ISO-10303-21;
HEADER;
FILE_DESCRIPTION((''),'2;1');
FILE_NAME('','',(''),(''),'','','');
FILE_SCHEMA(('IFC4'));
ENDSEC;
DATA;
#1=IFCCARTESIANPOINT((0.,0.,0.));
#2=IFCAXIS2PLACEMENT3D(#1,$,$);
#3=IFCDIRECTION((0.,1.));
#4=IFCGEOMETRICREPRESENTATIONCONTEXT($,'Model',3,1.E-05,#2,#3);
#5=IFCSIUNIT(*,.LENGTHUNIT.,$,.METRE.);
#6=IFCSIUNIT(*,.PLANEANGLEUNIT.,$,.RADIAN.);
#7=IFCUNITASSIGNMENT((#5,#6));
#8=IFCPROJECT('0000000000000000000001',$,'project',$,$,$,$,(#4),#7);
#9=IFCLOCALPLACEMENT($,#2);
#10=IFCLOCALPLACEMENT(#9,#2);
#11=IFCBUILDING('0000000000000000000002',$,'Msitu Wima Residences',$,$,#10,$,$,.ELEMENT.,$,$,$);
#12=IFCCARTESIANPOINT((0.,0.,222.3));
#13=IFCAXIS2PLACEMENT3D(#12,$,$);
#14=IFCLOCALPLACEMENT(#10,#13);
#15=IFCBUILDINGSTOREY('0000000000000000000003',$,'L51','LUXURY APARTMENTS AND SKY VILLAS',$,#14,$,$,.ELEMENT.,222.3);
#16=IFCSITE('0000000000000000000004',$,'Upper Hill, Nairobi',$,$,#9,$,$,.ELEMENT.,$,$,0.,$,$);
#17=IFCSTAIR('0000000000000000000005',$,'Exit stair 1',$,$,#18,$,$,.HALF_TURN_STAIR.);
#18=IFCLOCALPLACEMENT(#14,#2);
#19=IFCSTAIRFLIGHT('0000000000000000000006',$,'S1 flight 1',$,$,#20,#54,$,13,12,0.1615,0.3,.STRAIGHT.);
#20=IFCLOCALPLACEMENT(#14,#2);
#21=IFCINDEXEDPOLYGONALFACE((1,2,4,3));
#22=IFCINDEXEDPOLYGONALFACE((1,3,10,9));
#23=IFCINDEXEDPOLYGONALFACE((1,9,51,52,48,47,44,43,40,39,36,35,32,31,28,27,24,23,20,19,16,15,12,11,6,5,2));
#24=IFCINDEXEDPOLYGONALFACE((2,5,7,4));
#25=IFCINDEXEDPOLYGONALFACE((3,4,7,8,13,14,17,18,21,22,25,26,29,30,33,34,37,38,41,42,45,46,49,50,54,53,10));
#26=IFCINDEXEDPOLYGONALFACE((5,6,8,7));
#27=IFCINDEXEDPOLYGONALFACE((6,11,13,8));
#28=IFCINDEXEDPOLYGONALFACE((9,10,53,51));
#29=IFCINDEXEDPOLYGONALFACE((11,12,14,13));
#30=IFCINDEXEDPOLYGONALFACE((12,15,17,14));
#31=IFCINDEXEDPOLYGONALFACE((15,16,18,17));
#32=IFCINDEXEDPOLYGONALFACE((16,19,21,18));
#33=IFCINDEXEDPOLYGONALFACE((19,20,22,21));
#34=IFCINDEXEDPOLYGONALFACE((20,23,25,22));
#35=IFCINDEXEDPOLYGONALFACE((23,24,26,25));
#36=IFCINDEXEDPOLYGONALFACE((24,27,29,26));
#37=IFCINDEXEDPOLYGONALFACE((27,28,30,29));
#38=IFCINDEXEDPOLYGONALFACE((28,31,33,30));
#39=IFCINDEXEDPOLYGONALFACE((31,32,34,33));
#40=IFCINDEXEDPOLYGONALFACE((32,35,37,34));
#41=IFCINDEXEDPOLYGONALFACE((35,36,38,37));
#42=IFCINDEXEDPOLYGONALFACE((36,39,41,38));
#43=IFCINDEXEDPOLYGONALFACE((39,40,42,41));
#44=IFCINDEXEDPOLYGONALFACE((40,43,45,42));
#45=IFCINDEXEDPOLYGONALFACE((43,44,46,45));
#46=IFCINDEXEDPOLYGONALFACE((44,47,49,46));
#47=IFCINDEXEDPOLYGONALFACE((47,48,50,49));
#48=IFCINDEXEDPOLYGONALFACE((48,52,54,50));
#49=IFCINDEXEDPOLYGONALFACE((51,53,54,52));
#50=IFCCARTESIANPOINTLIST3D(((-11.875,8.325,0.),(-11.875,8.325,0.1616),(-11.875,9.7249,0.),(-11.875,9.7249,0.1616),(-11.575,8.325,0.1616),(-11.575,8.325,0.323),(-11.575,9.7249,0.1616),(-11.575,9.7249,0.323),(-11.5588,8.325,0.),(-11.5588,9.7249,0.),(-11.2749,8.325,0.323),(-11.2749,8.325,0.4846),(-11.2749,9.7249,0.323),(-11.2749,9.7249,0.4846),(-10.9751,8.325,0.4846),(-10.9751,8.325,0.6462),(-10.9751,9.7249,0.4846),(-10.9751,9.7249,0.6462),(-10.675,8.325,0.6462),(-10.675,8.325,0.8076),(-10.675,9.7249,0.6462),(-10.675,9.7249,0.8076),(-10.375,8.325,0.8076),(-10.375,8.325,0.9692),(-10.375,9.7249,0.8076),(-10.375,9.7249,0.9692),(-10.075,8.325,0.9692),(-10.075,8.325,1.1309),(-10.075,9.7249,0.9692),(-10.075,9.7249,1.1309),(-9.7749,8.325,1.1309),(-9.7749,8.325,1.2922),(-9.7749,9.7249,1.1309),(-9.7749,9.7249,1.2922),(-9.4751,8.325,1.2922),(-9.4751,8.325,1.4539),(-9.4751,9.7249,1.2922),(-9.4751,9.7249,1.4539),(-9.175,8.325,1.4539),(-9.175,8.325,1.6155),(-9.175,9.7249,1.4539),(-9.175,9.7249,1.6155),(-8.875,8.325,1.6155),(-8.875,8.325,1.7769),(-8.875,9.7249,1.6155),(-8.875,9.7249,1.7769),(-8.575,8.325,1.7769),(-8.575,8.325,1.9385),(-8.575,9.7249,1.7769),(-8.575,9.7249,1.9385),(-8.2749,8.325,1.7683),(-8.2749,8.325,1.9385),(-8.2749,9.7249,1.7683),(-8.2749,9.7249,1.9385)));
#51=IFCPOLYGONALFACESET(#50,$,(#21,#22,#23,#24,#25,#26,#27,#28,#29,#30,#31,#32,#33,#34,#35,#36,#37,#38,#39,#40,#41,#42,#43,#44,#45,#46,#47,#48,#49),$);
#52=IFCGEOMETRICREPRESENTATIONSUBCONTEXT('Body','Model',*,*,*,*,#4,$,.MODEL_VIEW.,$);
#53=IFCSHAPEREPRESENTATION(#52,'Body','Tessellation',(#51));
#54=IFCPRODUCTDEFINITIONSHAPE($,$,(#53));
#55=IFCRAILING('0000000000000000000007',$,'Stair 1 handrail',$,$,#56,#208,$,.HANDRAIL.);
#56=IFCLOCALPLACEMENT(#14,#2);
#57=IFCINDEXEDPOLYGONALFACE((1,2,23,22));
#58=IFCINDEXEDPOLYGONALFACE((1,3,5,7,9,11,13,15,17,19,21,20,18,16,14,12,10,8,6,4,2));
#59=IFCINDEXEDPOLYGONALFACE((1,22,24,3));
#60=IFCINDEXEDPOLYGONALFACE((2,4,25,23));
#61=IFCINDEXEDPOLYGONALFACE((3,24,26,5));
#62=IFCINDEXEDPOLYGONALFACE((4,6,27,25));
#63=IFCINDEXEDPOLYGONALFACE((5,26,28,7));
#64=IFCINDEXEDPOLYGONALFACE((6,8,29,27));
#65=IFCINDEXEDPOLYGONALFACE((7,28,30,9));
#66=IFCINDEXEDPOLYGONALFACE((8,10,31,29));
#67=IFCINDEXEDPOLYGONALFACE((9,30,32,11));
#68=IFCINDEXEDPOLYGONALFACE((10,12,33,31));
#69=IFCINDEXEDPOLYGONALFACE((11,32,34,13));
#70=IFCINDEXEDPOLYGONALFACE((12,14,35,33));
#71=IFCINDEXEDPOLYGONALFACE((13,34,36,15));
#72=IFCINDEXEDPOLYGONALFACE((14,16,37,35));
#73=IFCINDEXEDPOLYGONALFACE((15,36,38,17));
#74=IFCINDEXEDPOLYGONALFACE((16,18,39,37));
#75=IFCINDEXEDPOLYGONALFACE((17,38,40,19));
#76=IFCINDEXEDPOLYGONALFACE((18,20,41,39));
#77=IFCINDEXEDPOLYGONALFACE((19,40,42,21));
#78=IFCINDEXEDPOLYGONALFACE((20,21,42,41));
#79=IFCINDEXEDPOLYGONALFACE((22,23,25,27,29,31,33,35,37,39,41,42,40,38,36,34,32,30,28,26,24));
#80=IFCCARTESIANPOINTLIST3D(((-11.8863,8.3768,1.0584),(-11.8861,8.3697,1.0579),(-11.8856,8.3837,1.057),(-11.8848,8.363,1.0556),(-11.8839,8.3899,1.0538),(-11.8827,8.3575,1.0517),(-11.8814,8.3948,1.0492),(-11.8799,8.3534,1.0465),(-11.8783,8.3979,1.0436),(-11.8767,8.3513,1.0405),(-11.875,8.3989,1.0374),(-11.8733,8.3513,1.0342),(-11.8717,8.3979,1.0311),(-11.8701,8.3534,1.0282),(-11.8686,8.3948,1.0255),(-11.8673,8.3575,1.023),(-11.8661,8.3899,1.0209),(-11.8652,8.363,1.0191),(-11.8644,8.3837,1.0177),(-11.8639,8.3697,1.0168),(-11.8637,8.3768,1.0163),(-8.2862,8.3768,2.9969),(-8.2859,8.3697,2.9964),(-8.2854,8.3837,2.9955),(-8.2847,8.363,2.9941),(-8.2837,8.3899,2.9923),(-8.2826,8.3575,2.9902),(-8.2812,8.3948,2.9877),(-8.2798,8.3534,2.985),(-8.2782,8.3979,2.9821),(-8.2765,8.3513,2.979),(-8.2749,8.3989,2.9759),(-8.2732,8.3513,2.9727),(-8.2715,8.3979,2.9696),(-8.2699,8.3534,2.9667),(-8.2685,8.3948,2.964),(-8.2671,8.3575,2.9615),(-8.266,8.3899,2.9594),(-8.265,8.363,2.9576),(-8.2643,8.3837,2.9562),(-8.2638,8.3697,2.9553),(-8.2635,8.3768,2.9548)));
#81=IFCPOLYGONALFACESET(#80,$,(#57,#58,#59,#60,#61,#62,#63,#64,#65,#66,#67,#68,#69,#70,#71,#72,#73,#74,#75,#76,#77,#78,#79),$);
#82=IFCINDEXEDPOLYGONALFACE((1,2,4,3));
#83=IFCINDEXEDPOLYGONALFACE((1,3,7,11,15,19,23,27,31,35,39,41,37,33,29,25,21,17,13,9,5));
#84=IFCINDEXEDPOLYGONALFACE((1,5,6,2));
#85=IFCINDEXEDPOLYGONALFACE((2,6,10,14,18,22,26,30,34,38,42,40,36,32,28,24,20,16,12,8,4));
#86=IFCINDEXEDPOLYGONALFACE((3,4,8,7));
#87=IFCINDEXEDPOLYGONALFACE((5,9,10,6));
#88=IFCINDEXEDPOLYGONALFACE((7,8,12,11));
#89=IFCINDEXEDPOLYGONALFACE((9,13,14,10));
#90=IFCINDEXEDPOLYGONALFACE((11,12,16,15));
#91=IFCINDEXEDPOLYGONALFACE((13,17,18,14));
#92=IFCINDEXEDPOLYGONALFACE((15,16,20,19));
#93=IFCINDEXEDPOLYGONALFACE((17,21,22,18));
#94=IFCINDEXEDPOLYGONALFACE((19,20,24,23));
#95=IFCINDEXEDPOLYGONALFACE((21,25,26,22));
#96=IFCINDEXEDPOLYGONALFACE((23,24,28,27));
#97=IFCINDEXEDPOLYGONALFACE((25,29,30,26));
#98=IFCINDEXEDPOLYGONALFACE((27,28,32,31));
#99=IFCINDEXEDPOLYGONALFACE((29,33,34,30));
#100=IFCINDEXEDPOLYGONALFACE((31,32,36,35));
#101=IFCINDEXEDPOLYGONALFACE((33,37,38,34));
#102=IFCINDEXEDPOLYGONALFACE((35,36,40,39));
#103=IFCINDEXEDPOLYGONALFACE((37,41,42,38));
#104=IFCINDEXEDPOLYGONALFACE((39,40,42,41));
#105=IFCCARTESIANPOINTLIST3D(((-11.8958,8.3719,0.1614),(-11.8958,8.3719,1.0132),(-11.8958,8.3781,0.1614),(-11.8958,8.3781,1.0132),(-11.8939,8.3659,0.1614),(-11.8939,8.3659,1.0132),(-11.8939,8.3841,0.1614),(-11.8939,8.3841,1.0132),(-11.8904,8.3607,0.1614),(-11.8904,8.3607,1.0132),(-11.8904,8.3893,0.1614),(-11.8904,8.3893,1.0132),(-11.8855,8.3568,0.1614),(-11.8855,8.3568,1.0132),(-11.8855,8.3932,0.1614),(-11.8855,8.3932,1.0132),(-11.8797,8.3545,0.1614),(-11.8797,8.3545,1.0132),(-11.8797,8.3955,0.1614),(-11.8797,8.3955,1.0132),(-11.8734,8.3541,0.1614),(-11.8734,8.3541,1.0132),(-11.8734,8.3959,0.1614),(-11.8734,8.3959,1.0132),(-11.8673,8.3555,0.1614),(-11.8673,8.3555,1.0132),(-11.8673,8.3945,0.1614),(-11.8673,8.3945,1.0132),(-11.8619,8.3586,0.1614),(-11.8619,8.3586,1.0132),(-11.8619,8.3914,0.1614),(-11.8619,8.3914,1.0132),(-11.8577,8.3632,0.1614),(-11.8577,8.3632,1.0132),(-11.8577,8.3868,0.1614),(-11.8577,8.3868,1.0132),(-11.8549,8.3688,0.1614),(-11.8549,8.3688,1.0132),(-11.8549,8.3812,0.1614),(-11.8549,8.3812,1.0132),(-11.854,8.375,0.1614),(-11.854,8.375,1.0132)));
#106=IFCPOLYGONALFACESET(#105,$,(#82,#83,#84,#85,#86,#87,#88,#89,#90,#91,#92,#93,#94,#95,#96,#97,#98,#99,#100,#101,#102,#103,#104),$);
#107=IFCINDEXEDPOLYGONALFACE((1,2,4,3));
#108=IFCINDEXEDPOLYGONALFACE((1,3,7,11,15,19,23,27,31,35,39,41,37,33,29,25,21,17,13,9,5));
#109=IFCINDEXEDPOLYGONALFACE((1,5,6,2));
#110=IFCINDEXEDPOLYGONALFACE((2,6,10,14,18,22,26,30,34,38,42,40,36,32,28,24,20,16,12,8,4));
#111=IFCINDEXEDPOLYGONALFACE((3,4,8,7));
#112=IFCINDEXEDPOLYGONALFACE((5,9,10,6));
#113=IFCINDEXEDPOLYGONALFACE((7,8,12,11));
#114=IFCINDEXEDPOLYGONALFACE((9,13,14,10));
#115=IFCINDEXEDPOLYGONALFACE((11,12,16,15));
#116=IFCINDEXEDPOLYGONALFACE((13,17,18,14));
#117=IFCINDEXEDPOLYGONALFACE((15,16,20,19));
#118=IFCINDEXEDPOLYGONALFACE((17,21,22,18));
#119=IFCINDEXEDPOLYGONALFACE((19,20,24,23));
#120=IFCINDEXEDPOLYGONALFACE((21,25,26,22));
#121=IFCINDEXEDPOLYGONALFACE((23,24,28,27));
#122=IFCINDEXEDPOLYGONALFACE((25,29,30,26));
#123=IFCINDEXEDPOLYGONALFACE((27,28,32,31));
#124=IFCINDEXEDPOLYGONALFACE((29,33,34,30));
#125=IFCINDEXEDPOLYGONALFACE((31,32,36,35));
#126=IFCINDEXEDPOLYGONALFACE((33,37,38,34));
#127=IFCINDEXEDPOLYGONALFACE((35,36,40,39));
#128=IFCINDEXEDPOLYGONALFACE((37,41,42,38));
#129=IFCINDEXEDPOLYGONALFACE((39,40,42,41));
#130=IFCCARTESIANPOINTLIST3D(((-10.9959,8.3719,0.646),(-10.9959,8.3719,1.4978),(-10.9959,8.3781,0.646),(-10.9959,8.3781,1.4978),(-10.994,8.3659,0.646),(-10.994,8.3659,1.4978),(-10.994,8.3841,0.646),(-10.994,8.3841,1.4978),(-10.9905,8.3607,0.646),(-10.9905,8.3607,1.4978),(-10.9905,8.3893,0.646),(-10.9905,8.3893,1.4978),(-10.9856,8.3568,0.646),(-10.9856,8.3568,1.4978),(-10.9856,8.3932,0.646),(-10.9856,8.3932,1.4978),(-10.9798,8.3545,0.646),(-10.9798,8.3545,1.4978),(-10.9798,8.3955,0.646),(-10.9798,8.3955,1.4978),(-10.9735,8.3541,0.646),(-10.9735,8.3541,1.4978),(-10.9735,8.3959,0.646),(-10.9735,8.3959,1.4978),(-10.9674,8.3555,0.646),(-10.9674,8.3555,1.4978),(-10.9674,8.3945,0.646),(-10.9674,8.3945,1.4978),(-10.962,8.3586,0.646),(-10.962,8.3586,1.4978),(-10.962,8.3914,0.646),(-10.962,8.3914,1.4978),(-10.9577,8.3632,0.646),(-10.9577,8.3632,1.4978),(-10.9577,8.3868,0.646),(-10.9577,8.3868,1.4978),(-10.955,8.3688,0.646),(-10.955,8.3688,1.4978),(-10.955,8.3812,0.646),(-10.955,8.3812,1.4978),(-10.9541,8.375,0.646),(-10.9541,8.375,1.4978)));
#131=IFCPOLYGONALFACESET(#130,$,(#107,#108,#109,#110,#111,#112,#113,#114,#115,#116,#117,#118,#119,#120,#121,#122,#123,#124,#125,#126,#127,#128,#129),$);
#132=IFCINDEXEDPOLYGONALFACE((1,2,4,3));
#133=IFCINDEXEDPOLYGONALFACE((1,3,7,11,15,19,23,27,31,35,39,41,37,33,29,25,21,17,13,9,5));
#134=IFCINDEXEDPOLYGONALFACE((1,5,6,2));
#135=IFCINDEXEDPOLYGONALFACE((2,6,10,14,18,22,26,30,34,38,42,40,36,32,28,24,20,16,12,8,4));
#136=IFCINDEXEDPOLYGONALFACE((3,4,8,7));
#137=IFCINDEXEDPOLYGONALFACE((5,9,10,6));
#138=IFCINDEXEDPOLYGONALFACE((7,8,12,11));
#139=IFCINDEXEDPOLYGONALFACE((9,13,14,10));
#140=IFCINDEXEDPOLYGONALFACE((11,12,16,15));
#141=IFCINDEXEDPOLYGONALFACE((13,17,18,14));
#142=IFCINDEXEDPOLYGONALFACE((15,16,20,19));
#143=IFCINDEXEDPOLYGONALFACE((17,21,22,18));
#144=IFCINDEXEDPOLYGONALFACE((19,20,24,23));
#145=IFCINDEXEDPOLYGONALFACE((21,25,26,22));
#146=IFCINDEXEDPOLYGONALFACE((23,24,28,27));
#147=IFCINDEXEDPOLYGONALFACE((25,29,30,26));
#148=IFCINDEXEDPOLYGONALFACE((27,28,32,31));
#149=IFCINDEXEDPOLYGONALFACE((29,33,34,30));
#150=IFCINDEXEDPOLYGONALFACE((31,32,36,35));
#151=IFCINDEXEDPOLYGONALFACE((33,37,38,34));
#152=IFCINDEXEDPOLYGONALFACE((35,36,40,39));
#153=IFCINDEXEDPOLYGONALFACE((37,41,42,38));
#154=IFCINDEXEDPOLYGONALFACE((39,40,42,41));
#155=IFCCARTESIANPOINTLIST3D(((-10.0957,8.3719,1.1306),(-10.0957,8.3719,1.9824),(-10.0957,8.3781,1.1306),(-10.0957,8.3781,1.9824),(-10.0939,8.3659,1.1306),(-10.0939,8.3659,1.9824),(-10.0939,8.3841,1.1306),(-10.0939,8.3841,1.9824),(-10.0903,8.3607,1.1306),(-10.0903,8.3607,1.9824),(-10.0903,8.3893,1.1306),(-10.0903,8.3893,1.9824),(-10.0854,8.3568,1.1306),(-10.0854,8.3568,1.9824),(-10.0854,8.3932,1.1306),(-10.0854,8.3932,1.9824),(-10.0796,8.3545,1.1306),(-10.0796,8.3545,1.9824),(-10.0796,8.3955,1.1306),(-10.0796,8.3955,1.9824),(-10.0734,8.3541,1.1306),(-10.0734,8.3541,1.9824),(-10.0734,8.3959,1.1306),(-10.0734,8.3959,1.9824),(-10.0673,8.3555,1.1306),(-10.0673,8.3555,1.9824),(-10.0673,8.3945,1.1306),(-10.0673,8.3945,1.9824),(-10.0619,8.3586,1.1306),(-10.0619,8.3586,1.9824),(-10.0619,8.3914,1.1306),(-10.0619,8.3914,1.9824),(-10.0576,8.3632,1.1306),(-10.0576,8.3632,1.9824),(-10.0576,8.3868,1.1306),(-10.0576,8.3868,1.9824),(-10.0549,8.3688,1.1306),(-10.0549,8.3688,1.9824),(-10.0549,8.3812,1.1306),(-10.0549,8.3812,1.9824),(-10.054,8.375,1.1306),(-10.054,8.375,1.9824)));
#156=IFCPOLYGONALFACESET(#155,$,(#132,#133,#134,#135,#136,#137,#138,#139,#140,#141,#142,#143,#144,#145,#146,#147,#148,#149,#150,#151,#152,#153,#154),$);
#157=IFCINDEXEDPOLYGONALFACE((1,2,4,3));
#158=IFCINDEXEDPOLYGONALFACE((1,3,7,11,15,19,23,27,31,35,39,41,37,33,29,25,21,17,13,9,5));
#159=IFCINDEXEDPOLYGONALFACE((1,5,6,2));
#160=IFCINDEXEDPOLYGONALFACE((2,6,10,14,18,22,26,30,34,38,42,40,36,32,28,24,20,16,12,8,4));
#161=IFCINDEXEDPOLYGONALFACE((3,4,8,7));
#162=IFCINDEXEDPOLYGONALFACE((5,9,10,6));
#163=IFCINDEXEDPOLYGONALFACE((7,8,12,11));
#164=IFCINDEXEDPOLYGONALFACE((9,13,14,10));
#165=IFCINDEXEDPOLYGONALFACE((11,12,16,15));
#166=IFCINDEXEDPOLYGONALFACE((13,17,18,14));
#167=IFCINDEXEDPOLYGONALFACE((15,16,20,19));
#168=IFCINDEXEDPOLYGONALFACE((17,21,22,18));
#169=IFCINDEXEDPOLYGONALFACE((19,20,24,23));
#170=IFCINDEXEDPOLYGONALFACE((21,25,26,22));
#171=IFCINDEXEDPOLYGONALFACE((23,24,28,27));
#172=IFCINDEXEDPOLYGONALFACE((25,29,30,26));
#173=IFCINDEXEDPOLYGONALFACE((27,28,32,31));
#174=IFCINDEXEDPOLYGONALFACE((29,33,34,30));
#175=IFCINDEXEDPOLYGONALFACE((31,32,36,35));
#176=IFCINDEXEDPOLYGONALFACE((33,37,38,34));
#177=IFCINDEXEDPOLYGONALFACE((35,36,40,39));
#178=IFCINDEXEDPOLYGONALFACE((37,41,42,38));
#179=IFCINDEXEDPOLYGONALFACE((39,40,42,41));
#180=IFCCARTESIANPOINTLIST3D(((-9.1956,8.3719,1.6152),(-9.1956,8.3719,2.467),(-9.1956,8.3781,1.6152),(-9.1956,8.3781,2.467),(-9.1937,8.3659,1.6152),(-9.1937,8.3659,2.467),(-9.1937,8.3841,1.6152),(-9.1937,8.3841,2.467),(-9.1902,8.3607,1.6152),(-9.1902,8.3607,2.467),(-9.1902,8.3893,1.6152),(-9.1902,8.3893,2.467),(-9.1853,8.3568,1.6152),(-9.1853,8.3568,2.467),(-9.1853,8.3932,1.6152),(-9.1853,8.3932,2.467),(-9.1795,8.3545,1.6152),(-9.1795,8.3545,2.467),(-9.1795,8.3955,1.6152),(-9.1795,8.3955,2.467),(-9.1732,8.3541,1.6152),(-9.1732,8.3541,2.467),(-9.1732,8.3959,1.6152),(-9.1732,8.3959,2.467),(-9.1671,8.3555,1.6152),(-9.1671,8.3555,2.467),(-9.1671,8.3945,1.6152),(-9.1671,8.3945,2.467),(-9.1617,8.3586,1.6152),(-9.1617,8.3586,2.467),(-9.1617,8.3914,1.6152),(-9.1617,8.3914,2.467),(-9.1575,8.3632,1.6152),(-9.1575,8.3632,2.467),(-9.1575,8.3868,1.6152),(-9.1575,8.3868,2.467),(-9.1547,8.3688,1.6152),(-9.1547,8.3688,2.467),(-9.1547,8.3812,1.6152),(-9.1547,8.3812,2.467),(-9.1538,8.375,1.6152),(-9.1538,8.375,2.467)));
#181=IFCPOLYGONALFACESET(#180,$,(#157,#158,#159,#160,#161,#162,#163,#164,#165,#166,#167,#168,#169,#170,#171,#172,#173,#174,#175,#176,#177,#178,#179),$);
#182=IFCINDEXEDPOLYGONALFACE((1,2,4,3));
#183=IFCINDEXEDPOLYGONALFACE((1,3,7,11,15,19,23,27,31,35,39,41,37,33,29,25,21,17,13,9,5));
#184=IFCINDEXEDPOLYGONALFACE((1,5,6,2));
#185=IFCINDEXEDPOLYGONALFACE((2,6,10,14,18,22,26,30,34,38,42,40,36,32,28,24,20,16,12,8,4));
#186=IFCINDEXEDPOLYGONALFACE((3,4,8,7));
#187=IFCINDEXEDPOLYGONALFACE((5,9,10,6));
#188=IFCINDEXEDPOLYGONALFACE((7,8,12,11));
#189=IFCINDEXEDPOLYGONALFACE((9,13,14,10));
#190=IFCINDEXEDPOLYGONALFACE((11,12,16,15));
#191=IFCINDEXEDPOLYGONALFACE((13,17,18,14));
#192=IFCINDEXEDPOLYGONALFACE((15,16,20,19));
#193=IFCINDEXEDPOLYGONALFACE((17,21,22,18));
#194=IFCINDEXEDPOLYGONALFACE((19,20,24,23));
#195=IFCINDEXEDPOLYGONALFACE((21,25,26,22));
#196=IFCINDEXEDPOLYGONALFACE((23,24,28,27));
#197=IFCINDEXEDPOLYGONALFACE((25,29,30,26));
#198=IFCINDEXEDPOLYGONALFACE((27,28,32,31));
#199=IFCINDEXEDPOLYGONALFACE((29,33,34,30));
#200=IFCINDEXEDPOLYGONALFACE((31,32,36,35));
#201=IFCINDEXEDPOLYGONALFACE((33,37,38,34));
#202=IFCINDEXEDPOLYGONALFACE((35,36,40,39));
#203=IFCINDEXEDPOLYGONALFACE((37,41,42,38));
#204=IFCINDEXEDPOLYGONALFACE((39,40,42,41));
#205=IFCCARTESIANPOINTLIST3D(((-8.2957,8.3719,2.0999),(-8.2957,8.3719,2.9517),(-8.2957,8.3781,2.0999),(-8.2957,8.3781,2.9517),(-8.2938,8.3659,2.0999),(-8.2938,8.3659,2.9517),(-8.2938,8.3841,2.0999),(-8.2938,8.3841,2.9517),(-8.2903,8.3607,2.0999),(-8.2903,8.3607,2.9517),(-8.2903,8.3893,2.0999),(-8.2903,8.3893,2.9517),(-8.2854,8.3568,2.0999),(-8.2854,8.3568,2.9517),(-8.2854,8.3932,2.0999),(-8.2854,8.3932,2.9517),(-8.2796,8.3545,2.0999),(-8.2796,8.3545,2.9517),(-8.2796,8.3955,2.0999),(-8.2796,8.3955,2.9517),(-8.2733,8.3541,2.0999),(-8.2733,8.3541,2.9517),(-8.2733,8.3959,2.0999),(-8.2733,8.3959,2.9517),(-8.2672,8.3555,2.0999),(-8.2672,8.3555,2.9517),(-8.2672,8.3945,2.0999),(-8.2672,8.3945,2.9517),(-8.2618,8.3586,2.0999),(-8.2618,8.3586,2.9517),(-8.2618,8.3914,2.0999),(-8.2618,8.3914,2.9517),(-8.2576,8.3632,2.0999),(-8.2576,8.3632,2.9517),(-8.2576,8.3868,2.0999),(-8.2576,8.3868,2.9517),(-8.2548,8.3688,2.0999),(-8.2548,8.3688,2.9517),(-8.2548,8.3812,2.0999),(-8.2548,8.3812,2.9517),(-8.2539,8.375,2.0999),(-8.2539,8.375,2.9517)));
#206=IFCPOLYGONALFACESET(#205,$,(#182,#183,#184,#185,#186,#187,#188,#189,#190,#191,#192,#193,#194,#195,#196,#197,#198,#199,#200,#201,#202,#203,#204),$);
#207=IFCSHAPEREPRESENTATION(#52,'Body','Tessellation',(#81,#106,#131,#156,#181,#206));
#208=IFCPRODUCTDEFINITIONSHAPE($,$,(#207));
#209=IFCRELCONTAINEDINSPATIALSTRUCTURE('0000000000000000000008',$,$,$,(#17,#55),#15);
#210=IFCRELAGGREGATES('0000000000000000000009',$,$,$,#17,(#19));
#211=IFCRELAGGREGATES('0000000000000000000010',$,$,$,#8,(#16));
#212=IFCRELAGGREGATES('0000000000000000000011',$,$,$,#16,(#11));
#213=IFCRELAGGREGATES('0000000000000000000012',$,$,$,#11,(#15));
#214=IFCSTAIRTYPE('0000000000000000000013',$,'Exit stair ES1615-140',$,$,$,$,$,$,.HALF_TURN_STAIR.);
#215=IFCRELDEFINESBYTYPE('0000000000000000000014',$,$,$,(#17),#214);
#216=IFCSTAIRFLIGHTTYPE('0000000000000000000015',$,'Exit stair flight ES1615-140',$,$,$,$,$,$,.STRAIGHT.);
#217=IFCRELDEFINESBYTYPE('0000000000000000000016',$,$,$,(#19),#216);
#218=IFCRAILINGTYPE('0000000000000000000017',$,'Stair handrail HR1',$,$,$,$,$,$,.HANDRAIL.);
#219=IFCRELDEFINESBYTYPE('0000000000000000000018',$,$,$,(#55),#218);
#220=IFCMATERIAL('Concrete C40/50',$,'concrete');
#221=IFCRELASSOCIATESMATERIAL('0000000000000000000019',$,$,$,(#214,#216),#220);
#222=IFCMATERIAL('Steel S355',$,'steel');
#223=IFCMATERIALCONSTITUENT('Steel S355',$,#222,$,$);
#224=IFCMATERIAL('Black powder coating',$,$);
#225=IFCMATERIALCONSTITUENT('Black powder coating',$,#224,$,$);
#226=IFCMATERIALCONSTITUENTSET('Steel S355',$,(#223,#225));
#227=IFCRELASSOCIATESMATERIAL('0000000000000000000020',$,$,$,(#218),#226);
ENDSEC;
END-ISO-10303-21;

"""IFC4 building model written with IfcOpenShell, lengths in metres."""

from ifc_helpers import new_model, si_unit, direction, frame, origin, origin_2d, place, context, subcontext, project, spatial, polyline, circle, outline, extrude, material, constituent, constituent_set, type_object, element, aggregate, save


model = new_model("IFC4")

# Units and contexts
model_context = context("Model", 3, precision=1e-05, world=origin(), true_north=direction((0.0, 1.0)))
body_context = subcontext(model_context, "Body", "Model", "MODEL_VIEW")
ifc_project = project(units=[si_unit("LENGTHUNIT", "METRE"), si_unit("PLANEANGLEUNIT", "RADIAN")], contexts=[model_context])

# Site, building, storey
site_placement = place(None, origin())
site = spatial("IfcSite", under=ifc_project, at=site_placement, Name="Upper Hill, Nairobi", CompositionType="ELEMENT", RefElevation=0.0)
building_placement = place(site_placement, origin())
building = spatial("IfcBuilding", under=site, at=building_placement, Name="Msitu Wima Residences", CompositionType="ELEMENT")
storey_placement = place(building_placement, frame((0.0, 0.0, 222.3)))
storey = spatial("IfcBuildingStorey", under=building, at=storey_placement, Name="L51", Description="LUXURY APARTMENTS AND SKY VILLAS", CompositionType="ELEMENT", Elevation=222.3)

# Shared definitions
ifc_material_1 = material(Name="Concrete C40/50", Category="concrete")

# Stair, stair flight
stair_type = type_object("IfcStairType", Name="Exit stair ES1615-140", PredefinedType="HALF_TURN_STAIR", material=ifc_material_1)
stair_placement = place(storey_placement, origin())
stair = element("IfcStair", 1, at=stair_placement, inside=storey, type_object=stair_type, Name="Exit stair 1", PredefinedType="HALF_TURN_STAIR")
stair_flight_type = type_object("IfcStairFlightType", Name="Exit stair flight ES1615-140", PredefinedType="STRAIGHT", material=ifc_material_1)
stair_flight_placement = place(storey_placement, frame((-11.875, 9.0249, 0.0), z_axis=(0.0, 0.0, 1.0), x_axis=(1.0, 0.0, 0.0)))
stair_flight = element("IfcStairFlight", 2, at=stair_flight_placement, type_object=stair_flight_type, Name="S1 flight 1", NumberOfRisers=13, NumberOfTreads=12, PredefinedType="STRAIGHT", RiserHeight=0.1615, TreadLength=0.3, context=body_context, shape_type="SweptSolid", body=[
    extrude(outline(polyline([(0.0, 0.0), (0.0, 0.1616), (0.3, 0.1616), (0.3, 0.323), (0.6001, 0.323), (0.6001, 0.4846), (0.8999, 0.4846), (0.8999, 0.6462), (1.2, 0.6462), (1.2, 0.8076), (1.5, 0.8076), (1.5, 0.9692), (1.8, 0.9692), (1.8, 1.1309), (2.1001, 1.1309), (2.1001, 1.2922), (2.3999, 1.2922), (2.3999, 1.4539), (2.7, 1.4539), (2.7, 1.6155), (3.0, 1.6155), (3.0, 1.7769), (3.3, 1.7769), (3.3, 1.9385), (3.6001, 1.9385), (3.6001, 2.1001), (3.6001, 1.7683), (0.3162, 0.0), (0.0, 0.0)])), frame((0.0, 0.7, 0.0), z_axis=(0.0, -1.0, 0.0), x_axis=(1.0, 0.0, 0.0)), (0.0, 0.0, 1.0), 1.3999),
])
aggregate(stair, [stair_flight])

# Railing
ifc_material_2 = material(Name="Steel S355", Category="steel")
ifc_constituent_1 = constituent(ifc_material_2, Name="Steel S355")
ifc_material_3 = material(Name="Black powder coating")
ifc_constituent_2 = constituent(ifc_material_3, Name="Black powder coating")
ifc_constituent_set = constituent_set(constituents=[ifc_constituent_1, ifc_constituent_2], Name="Steel S355")
railing_type = type_object("IfcRailingType", Name="Stair handrail HR1", PredefinedType="HANDRAIL", material=ifc_constituent_set)
railing_placement = place(storey_placement, frame((-11.875, 8.375, 0.1614)))
element("IfcRailing", 3, at=railing_placement, inside=storey, type_object=railing_type, Name="Stair 1 handrail", PredefinedType="HANDRAIL", context=body_context, shape_type="SweptSolid", body=[
    extrude(circle(Radius=0.0239, at=origin_2d()), frame((0.0, 0.0, 0.876), z_axis=(0.880475, 0.0, 0.474093), x_axis=(0.0, 1.0, 0.0)), (0.0, 0.0, 1.0), 4.0889),
    extrude(circle(Radius=0.021, at=origin_2d()), origin(), (0.0, 0.0, 1.0), 0.8518),
    extrude(circle(Radius=0.021, at=origin_2d()), frame((0.8999, 0.0, 0.4846)), (0.0, 0.0, 1.0), 0.8518),
    extrude(circle(Radius=0.021, at=origin_2d()), frame((1.8, 0.0, 0.9692)), (0.0, 0.0, 1.0), 0.8518),
    extrude(circle(Radius=0.021, at=origin_2d()), frame((2.7002, 0.0, 1.4539)), (0.0, 0.0, 1.0), 0.8518),
    extrude(circle(Radius=0.021, at=origin_2d()), frame((3.6001, 0.0, 1.9385)), (0.0, 0.0, 1.0), 0.8518),
])

save(model, "model.ifc")
